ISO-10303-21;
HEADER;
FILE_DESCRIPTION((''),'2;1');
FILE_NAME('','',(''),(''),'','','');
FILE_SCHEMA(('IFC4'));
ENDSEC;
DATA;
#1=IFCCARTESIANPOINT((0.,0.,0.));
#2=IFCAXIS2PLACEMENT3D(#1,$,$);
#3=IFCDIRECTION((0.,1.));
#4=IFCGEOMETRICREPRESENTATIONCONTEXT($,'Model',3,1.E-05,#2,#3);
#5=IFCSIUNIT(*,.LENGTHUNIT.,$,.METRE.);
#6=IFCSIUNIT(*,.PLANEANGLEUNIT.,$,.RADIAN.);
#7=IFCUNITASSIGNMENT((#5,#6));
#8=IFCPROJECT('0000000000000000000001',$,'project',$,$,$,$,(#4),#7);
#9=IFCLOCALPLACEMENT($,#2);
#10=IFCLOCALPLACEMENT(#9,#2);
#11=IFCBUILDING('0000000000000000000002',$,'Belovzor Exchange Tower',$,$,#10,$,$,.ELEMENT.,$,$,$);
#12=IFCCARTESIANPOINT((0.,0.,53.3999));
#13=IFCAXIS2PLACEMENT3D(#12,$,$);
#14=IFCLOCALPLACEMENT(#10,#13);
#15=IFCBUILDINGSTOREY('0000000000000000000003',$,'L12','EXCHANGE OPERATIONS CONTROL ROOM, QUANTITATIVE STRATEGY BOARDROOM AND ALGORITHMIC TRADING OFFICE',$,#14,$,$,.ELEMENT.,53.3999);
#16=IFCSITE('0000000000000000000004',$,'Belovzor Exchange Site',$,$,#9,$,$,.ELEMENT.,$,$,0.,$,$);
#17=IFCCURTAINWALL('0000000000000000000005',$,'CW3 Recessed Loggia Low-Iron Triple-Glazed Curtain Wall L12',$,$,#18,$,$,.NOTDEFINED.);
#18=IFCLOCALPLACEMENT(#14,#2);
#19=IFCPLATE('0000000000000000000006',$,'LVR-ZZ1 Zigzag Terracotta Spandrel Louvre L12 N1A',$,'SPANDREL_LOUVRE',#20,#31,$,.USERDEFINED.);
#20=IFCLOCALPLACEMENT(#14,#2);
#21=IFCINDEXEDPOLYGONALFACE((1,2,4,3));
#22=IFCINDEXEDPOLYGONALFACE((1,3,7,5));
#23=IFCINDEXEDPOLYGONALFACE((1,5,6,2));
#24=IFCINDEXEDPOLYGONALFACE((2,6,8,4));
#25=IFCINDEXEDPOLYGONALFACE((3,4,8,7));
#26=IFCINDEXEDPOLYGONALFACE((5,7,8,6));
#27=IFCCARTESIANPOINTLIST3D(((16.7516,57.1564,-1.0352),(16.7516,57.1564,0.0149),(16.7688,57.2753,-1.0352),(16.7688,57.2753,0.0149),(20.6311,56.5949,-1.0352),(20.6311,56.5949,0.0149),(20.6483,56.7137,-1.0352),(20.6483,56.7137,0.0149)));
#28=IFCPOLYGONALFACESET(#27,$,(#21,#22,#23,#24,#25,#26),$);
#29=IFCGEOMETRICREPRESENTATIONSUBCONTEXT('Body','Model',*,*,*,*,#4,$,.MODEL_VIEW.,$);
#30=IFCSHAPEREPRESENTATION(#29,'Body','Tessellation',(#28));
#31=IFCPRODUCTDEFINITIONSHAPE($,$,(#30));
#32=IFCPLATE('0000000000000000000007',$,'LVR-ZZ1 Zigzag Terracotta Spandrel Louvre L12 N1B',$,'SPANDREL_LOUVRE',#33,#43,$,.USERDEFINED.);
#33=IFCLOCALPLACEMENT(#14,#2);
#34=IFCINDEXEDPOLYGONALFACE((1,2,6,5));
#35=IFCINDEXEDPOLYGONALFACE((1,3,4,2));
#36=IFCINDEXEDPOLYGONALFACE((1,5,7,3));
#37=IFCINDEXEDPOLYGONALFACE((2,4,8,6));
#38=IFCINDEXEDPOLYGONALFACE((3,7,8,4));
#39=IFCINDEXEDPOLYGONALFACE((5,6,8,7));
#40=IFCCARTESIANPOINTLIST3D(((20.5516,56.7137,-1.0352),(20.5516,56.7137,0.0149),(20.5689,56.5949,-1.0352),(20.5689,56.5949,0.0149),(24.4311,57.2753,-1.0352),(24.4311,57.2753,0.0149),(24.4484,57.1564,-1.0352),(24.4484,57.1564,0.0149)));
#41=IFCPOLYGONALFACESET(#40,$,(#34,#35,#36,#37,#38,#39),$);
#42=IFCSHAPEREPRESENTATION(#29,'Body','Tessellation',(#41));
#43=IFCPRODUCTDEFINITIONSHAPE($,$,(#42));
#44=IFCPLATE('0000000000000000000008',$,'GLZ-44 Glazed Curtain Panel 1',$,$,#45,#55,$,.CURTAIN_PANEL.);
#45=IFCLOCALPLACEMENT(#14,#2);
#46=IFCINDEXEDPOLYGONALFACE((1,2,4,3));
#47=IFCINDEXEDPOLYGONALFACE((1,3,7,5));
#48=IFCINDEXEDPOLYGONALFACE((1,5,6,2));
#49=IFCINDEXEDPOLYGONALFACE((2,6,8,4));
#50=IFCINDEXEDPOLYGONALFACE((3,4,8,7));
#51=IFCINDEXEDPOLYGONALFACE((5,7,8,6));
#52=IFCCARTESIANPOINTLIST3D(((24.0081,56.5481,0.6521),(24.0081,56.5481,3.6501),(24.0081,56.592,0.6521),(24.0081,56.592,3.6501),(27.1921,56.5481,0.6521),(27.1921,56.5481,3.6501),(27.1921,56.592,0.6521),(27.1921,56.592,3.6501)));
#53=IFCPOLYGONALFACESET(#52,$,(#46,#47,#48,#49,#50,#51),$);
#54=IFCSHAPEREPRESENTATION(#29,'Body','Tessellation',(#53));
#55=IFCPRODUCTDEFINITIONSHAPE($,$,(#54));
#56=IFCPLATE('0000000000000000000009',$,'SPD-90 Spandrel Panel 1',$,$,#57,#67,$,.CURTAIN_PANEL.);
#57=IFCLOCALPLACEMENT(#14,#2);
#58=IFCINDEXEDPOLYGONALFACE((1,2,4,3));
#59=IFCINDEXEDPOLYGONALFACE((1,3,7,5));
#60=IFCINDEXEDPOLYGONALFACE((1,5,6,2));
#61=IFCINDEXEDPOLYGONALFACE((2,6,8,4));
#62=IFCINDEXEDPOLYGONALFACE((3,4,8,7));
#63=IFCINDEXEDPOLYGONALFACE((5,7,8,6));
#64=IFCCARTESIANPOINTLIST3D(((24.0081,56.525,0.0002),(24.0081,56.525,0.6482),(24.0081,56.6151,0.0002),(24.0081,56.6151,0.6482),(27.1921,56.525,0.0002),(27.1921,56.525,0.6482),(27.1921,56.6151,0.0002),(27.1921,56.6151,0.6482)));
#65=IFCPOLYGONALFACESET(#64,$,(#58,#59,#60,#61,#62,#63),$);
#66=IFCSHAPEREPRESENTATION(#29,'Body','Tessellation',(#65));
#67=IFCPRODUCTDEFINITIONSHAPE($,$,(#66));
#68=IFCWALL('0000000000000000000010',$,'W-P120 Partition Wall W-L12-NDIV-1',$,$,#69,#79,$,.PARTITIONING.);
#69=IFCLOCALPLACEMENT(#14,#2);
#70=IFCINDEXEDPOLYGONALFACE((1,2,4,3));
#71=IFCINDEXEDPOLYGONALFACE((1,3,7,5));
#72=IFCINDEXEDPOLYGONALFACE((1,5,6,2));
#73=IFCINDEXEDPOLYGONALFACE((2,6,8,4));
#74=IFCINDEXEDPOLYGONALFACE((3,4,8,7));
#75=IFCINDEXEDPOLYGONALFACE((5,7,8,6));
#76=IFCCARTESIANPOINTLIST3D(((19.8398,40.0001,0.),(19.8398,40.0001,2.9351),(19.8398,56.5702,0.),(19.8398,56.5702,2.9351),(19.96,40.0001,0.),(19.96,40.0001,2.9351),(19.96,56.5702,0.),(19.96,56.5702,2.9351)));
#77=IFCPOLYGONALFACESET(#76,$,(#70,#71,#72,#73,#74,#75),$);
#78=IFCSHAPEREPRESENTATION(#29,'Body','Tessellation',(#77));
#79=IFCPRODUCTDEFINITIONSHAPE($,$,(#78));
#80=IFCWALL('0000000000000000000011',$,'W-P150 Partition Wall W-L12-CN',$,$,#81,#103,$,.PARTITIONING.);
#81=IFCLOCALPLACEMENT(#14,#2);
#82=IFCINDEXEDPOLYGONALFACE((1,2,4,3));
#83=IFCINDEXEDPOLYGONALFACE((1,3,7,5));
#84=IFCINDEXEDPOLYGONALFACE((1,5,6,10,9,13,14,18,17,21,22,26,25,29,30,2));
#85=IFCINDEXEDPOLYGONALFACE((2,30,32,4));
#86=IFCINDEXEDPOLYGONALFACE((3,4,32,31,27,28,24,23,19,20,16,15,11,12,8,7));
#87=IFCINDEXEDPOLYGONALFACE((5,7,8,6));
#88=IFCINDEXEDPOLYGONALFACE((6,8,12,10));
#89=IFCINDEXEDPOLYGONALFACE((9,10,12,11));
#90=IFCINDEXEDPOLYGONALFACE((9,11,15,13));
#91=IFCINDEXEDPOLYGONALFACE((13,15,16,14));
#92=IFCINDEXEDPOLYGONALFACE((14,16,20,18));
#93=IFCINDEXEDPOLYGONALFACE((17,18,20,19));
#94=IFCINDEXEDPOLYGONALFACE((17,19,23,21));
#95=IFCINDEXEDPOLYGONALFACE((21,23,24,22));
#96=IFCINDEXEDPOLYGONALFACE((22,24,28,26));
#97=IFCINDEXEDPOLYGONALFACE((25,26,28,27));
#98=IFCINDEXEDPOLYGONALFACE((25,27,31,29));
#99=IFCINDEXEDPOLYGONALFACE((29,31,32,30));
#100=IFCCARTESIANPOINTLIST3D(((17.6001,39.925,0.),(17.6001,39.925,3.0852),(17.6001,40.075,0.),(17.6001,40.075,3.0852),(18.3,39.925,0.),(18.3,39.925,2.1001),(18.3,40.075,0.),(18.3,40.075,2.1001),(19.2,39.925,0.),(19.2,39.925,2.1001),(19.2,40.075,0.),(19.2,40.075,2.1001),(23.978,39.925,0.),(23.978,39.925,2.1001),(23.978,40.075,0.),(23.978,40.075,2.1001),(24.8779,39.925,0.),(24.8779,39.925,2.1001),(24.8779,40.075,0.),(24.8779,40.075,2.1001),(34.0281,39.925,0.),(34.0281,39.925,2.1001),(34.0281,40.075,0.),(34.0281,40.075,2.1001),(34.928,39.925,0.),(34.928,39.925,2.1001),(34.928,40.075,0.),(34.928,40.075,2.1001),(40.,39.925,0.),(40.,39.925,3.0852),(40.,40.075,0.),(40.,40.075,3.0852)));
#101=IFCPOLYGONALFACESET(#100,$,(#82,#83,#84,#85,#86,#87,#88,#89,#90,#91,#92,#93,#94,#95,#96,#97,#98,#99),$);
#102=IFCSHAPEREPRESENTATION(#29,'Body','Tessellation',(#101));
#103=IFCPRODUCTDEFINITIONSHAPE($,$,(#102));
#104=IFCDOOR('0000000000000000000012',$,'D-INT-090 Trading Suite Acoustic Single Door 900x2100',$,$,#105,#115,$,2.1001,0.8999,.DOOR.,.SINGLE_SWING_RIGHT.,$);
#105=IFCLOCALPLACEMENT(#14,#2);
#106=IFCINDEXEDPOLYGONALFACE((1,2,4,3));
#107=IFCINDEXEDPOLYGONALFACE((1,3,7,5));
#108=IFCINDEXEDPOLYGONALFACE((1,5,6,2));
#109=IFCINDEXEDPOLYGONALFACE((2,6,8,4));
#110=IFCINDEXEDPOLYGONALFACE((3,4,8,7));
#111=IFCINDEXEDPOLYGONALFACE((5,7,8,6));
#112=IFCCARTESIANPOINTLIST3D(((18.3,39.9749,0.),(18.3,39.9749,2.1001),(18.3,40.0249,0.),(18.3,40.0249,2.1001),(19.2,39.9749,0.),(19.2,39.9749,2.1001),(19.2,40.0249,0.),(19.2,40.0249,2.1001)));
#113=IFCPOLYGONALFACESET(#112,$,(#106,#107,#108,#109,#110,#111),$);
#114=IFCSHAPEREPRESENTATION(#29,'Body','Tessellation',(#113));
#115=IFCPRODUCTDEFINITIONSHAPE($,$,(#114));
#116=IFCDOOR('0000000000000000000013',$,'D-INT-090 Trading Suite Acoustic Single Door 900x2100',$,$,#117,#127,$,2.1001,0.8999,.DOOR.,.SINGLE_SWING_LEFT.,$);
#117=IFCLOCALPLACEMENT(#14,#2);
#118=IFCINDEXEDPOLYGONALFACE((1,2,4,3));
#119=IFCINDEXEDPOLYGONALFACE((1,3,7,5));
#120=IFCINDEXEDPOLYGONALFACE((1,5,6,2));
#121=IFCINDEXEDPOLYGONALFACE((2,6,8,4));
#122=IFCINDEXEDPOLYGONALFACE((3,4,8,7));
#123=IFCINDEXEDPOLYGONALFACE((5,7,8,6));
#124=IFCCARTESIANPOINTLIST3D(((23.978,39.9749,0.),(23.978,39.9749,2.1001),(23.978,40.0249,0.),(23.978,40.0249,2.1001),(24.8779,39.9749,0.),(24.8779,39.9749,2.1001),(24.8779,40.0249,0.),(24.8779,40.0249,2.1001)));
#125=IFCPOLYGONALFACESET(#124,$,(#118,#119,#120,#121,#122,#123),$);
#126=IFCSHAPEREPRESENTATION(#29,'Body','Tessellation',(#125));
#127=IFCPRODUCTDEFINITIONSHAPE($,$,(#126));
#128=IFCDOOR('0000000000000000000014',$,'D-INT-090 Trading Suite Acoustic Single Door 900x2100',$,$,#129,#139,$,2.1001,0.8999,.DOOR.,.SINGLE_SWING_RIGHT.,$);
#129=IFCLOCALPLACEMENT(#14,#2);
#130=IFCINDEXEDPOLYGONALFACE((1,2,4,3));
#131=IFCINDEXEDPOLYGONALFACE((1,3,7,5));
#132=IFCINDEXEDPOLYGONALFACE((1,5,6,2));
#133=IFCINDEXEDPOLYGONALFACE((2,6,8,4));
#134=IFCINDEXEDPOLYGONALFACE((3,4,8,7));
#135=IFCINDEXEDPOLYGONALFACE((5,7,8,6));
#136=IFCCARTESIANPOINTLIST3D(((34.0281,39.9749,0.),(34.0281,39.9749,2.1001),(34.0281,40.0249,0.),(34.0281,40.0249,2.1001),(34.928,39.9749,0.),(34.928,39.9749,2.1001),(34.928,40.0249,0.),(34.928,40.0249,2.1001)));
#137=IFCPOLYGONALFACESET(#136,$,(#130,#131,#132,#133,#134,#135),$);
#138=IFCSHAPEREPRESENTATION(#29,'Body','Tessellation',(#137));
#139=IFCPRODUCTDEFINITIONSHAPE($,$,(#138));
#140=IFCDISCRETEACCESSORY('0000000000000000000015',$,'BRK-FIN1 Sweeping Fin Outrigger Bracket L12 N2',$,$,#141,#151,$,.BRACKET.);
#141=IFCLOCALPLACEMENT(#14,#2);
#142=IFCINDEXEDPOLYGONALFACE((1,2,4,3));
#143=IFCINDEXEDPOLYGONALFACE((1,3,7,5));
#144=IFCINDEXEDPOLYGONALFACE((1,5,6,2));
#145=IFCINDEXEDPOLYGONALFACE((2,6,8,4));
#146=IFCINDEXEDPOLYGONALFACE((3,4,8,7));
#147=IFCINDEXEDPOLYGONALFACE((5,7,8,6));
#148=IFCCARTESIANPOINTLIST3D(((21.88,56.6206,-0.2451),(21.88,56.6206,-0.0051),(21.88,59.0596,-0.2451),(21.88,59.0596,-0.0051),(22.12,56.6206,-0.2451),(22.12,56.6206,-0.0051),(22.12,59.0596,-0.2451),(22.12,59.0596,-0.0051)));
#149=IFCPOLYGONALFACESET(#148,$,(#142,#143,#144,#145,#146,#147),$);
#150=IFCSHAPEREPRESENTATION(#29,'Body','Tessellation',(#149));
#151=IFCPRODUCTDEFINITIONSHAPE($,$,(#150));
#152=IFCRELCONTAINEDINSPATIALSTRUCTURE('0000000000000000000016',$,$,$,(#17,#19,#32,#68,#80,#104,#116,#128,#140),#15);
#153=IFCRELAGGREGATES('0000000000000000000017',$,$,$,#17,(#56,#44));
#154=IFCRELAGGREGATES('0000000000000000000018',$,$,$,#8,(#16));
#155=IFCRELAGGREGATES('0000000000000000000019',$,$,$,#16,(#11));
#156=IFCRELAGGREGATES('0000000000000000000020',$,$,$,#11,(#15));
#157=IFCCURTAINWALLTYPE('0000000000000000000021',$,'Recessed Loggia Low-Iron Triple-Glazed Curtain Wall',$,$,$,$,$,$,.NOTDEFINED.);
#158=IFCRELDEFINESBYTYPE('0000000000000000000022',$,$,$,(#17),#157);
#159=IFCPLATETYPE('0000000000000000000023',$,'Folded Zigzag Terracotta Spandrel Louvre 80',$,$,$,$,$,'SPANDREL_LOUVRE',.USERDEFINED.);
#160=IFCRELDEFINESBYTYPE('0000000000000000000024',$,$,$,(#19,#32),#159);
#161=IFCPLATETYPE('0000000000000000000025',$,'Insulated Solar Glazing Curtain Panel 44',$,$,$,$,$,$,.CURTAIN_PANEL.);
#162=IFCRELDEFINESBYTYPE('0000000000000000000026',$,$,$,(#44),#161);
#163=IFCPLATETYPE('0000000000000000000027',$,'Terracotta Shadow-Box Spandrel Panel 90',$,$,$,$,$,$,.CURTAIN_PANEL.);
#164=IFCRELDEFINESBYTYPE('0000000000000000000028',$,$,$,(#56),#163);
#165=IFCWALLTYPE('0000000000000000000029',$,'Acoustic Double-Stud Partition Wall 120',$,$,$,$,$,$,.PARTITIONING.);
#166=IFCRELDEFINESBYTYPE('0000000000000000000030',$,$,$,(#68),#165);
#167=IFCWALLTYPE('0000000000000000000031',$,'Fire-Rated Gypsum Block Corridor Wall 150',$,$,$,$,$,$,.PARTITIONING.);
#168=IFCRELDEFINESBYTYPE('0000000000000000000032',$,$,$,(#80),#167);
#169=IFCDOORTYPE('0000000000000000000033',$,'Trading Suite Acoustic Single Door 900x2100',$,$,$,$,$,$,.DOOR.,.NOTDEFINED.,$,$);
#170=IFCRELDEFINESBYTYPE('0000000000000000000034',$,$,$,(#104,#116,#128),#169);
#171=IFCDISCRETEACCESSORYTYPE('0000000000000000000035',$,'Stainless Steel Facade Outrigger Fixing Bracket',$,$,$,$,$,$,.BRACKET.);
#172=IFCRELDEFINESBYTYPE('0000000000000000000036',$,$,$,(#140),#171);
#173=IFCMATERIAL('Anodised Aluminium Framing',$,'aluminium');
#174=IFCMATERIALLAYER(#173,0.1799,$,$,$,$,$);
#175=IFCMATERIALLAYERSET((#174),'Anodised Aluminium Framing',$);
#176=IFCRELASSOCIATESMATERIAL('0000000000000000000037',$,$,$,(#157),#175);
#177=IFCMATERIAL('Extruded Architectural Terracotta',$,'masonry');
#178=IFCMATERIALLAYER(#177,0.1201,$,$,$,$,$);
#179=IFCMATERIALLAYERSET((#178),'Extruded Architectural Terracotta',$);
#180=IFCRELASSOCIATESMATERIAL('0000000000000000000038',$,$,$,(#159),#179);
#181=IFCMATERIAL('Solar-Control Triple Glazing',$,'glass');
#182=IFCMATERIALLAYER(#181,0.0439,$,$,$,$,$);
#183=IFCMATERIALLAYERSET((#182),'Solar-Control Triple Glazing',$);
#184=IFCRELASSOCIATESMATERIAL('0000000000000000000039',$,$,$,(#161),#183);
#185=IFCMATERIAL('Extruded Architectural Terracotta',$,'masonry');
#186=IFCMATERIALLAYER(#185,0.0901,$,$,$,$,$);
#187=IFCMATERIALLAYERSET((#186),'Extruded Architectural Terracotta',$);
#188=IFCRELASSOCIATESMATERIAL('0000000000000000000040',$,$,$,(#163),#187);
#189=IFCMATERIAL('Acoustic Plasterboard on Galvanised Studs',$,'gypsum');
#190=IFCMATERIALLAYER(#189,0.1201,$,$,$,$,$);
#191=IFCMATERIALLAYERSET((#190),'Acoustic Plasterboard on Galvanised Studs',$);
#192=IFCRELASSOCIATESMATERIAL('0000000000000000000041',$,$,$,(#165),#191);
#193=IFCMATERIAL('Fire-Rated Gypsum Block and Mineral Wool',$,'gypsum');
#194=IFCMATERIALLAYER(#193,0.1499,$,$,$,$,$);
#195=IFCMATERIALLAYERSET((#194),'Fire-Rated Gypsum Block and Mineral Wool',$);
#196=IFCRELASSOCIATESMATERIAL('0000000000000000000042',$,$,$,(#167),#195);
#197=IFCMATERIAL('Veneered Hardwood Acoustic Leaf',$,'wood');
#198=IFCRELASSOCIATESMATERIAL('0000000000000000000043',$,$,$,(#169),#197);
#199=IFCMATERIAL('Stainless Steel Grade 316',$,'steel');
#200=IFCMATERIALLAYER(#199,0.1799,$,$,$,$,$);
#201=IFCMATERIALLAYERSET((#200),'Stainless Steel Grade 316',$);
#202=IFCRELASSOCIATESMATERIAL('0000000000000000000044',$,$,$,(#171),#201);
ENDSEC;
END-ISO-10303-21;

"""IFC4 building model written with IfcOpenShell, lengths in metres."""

from ifc_helpers import new_model, si_unit, direction, frame, frame_2d, origin, origin_2d, place, context, subcontext, project, spatial, rectangle, extrude, material, layer, layer_set, type_object, element, fill, aggregate, save


model = new_model("IFC4")

# Units and contexts
model_context = context("Model", 3, precision=1e-05, world=origin(), true_north=direction((0.0, 1.0)))
body_context = subcontext(model_context, "Body", "Model", "MODEL_VIEW")
ifc_project = project(units=[si_unit("LENGTHUNIT", "METRE"), si_unit("PLANEANGLEUNIT", "RADIAN")], contexts=[model_context])

# Site, building, storey
site_placement = place(None, origin())
site = spatial("IfcSite", under=ifc_project, at=site_placement, Name="Belovzor Exchange Site", CompositionType="ELEMENT", RefElevation=0.0)
building_placement = place(site_placement, origin())
building = spatial("IfcBuilding", under=site, at=building_placement, Name="Belovzor Exchange Tower", CompositionType="ELEMENT")
storey_placement = place(building_placement, frame((0.0, 0.0, 53.3999)))
storey = spatial("IfcBuildingStorey", under=building, at=storey_placement, Name="L12", Description="EXCHANGE OPERATIONS CONTROL ROOM, QUANTITATIVE STRATEGY BOARDROOM AND ALGORITHMIC TRADING OFFICE", CompositionType="ELEMENT", Elevation=53.3999)

# Curtain wall
ifc_material_1 = material(Name="Anodised Aluminium Framing", Category="aluminium")
ifc_layer_1 = layer(ifc_material_1, 0.1799)
ifc_layer_set_1 = layer_set([ifc_layer_1], Name="Anodised Aluminium Framing")
curtain_wall_type = type_object("IfcCurtainWallType", Name="Recessed Loggia Low-Iron Triple-Glazed Curtain Wall", PredefinedType="NOTDEFINED", material=ifc_layer_set_1)
curtain_wall_placement = place(storey_placement, origin())
curtain_wall = element("IfcCurtainWall", 1, at=curtain_wall_placement, inside=storey, type_object=curtain_wall_type, Name="CW3 Recessed Loggia Low-Iron Triple-Glazed Curtain Wall L12", PredefinedType="NOTDEFINED")

# Plates
ifc_material_2 = material(Name="Extruded Architectural Terracotta", Category="masonry")
ifc_layer_2 = layer(ifc_material_2, 0.1201)
ifc_layer_set_2 = layer_set([ifc_layer_2], Name="Extruded Architectural Terracotta")
plate_type_1 = type_object("IfcPlateType", Name="Folded Zigzag Terracotta Spandrel Louvre 80", ElementType="SPANDREL_LOUVRE", PredefinedType="USERDEFINED", material=ifc_layer_set_2)
for number, where, z_axis, x_axis, name in (
    (2, (18.7, 56.9351, -1.0352), (0.0, 0.0, 1.0), (0.989686, -0.143251, 0.0), "LVR-ZZ1 Zigzag Terracotta Spandrel Louvre L12 N1A"),
    (3, (22.5, 56.9351, -1.0352), (0.0, 0.0, 1.0), (0.989686, 0.143251, 0.0), "LVR-ZZ1 Zigzag Terracotta Spandrel Louvre L12 N1B"),
):
    element("IfcPlate", number, at=place(storey_placement, frame(where, z_axis=z_axis, x_axis=x_axis)), inside=storey, type_object=plate_type_1, Name=name, ObjectType="SPANDREL_LOUVRE", PredefinedType="USERDEFINED", context=body_context, shape_type="SweptSolid", body=[
        extrude(rectangle(XDim=3.9199, YDim=0.1201, at=origin_2d()), origin(), (0.0, 0.0, 1.0), 1.05),
    ])

# Plates
ifc_material_3 = material(Name="Solar-Control Triple Glazing", Category="glass")
ifc_layer_3 = layer(ifc_material_3, 0.0439)
ifc_layer_set_3 = layer_set([ifc_layer_3], Name="Solar-Control Triple Glazing")
plate_type_2 = type_object("IfcPlateType", Name="Insulated Solar Glazing Curtain Panel 44", PredefinedType="CURTAIN_PANEL", material=ifc_layer_set_3)
plate_1_placement = place(storey_placement, frame((25.6001, 56.5701, 0.6521), z_axis=(0.0, 0.0, 1.0), x_axis=(1.0, 0.0, 0.0)))
plate_1 = element("IfcPlate", 4, at=plate_1_placement, type_object=plate_type_2, Name="GLZ-44 Glazed Curtain Panel 1", PredefinedType="CURTAIN_PANEL", context=body_context, shape_type="SweptSolid", body=[
    extrude(rectangle(XDim=3.1841, YDim=0.0439, at=origin_2d()), origin(), (0.0, 0.0, 1.0), 2.998),
])
ifc_material_4 = material(Name="Extruded Architectural Terracotta", Category="masonry")
ifc_layer_4 = layer(ifc_material_4, 0.0901)
ifc_layer_set_4 = layer_set([ifc_layer_4], Name="Extruded Architectural Terracotta")
plate_type_3 = type_object("IfcPlateType", Name="Terracotta Shadow-Box Spandrel Panel 90", PredefinedType="CURTAIN_PANEL", material=ifc_layer_set_4)
plate_2_placement = place(storey_placement, frame((25.6001, 56.5701, 0.0002), z_axis=(0.0, 0.0, 1.0), x_axis=(1.0, 0.0, 0.0)))
plate_2 = element("IfcPlate", 5, at=plate_2_placement, type_object=plate_type_3, Name="SPD-90 Spandrel Panel 1", PredefinedType="CURTAIN_PANEL", context=body_context, shape_type="SweptSolid", body=[
    extrude(rectangle(XDim=3.1841, YDim=0.0901, at=origin_2d()), origin(), (0.0, 0.0, 1.0), 0.6479),
])
aggregate(curtain_wall, [plate_2, plate_1])

# Wall
ifc_material_5 = material(Name="Acoustic Plasterboard on Galvanised Studs", Category="gypsum")
ifc_layer_5 = layer(ifc_material_5, 0.1201)
ifc_layer_set_5 = layer_set([ifc_layer_5], Name="Acoustic Plasterboard on Galvanised Studs")
wall_type_1 = type_object("IfcWallType", Name="Acoustic Double-Stud Partition Wall 120", PredefinedType="PARTITIONING", material=ifc_layer_set_5)
wall_1_placement = place(storey_placement, frame((19.8999, 40.0, 0.0), z_axis=(0.0, 0.0, 1.0), x_axis=(0.0, 1.0, 0.0)))
element("IfcWall", 6, at=wall_1_placement, inside=storey, type_object=wall_type_1, Name="W-P120 Partition Wall W-L12-NDIV-1", PredefinedType="PARTITIONING", context=body_context, shape_type="SweptSolid", body=[
    extrude(rectangle(XDim=16.5701, YDim=0.1201, at=frame_2d((8.2852, 0.0))), origin(), (0.0, 0.0, 1.0), 2.9351),
])

# Wall, openings, doors
ifc_material_6 = material(Name="Fire-Rated Gypsum Block and Mineral Wool", Category="gypsum")
ifc_layer_6 = layer(ifc_material_6, 0.1499)
ifc_layer_set_6 = layer_set([ifc_layer_6], Name="Fire-Rated Gypsum Block and Mineral Wool")
wall_type_2 = type_object("IfcWallType", Name="Fire-Rated Gypsum Block Corridor Wall 150", PredefinedType="PARTITIONING", material=ifc_layer_set_6)
wall_2_placement = place(storey_placement, frame((17.6001, 40.0, 0.0), z_axis=(0.0, 0.0, 1.0), x_axis=(1.0, 0.0, 0.0)))
wall_2 = element("IfcWall", 7, at=wall_2_placement, inside=storey, type_object=wall_type_2, Name="W-P150 Partition Wall W-L12-CN", PredefinedType="PARTITIONING", context=body_context, shape_type="SweptSolid", body=[
    extrude(rectangle(XDim=22.3999, YDim=0.1499, at=frame_2d((11.2, 0.0))), origin(), (0.0, 0.0, 1.0), 3.0852),
])
opening_1_placement = place(wall_2_placement, frame((0.7, 0.0, 0.0)))
opening_1 = element("IfcOpeningElement", 8, at=opening_1_placement, cuts=wall_2, PredefinedType="OPENING", context=body_context, shape_type="SweptSolid", body=[
    extrude(rectangle(XDim=0.8999, YDim=2.1001, at=frame_2d((0.45, 1.05))), frame((0.0, 0.085, 0.0), z_axis=(0.0, -1.0, 0.0), x_axis=(1.0, 0.0, 0.0)), (0.0, 0.0, 1.0), 0.1699),
])
opening_2_placement = place(wall_2_placement, frame((6.3779, 0.0, 0.0)))
opening_2 = element("IfcOpeningElement", 9, at=opening_2_placement, cuts=wall_2, PredefinedType="OPENING", context=body_context, shape_type="SweptSolid", body=[
    extrude(rectangle(XDim=0.8999, YDim=2.1001, at=frame_2d((0.45, 1.05))), frame((0.0, 0.085, 0.0), z_axis=(0.0, -1.0, 0.0), x_axis=(1.0, 0.0, 0.0)), (0.0, 0.0, 1.0), 0.1699),
])
opening_3_placement = place(wall_2_placement, frame((16.428, 0.0, 0.0)))
opening_3 = element("IfcOpeningElement", 10, at=opening_3_placement, cuts=wall_2, PredefinedType="OPENING", context=body_context, shape_type="SweptSolid", body=[
    extrude(rectangle(XDim=0.8999, YDim=2.1001, at=frame_2d((0.45, 1.05))), frame((0.0, 0.085, 0.0), z_axis=(0.0, -1.0, 0.0), x_axis=(1.0, 0.0, 0.0)), (0.0, 0.0, 1.0), 0.1699),
])
ifc_material_7 = material(Name="Veneered Hardwood Acoustic Leaf", Category="wood")
door_type_1 = type_object("IfcDoorType", Name="Trading Suite Acoustic Single Door 900x2100", OperationType="NOTDEFINED", PredefinedType="DOOR", material=ifc_material_7)
door_1_placement = place(opening_1_placement, origin())
door_1 = element("IfcDoor", 11, at=door_1_placement, inside=storey, type_object=door_type_1, Name="D-INT-090 Trading Suite Acoustic Single Door 900x2100", OperationType="SINGLE_SWING_RIGHT", OverallHeight=2.1001, OverallWidth=0.8999, PredefinedType="DOOR", context=body_context, shape_type="SweptSolid", body=[
    extrude(rectangle(XDim=0.8999, YDim=2.1001, at=frame_2d((0.45, 1.05))), frame((0.0, 0.0249, 0.0), z_axis=(0.0, -1.0, 0.0), x_axis=(1.0, 0.0, 0.0)), (0.0, 0.0, 1.0), 0.05),
])
fill(opening_1, door_1)
door_2_placement = place(opening_2_placement, origin())
door_2 = element("IfcDoor", 12, at=door_2_placement, inside=storey, type_object=door_type_1, Name="D-INT-090 Trading Suite Acoustic Single Door 900x2100", OperationType="SINGLE_SWING_LEFT", OverallHeight=2.1001, OverallWidth=0.8999, PredefinedType="DOOR", context=body_context, shape_type="SweptSolid", body=[
    extrude(rectangle(XDim=0.8999, YDim=2.1001, at=frame_2d((0.45, 1.05))), frame((0.0, 0.0249, 0.0), z_axis=(0.0, -1.0, 0.0), x_axis=(1.0, 0.0, 0.0)), (0.0, 0.0, 1.0), 0.05),
])
fill(opening_2, door_2)
door_3_placement = place(opening_3_placement, origin())
door_3 = element("IfcDoor", 13, at=door_3_placement, inside=storey, type_object=door_type_1, Name="D-INT-090 Trading Suite Acoustic Single Door 900x2100", OperationType="SINGLE_SWING_RIGHT", OverallHeight=2.1001, OverallWidth=0.8999, PredefinedType="DOOR", context=body_context, shape_type="SweptSolid", body=[
    extrude(rectangle(XDim=0.8999, YDim=2.1001, at=frame_2d((0.45, 1.05))), frame((0.0, 0.0249, 0.0), z_axis=(0.0, -1.0, 0.0), x_axis=(1.0, 0.0, 0.0)), (0.0, 0.0, 1.0), 0.05),
])
fill(opening_3, door_3)

# Discrete accessory
ifc_material_8 = material(Name="Stainless Steel Grade 316", Category="steel")
ifc_layer_7 = layer(ifc_material_8, 0.1799)
ifc_layer_set_7 = layer_set([ifc_layer_7], Name="Stainless Steel Grade 316")
discrete_accessory_type = type_object("IfcDiscreteAccessoryType", Name="Stainless Steel Facade Outrigger Fixing Bracket", PredefinedType="BRACKET", material=ifc_layer_set_7)
discrete_accessory_placement = place(storey_placement, frame((22.0, 57.8401, -0.2451), z_axis=(0.0, 0.0, 1.0), x_axis=(0.0, 1.0, 0.0)))
element("IfcDiscreteAccessory", 14, at=discrete_accessory_placement, inside=storey, type_object=discrete_accessory_type, Name="BRK-FIN1 Sweeping Fin Outrigger Bracket L12 N2", PredefinedType="BRACKET", context=body_context, shape_type="SweptSolid", body=[
    extrude(rectangle(XDim=2.439, YDim=0.24, at=origin_2d()), origin(), (0.0, 0.0, 1.0), 0.24),
])

save(model, "model.ifc")
